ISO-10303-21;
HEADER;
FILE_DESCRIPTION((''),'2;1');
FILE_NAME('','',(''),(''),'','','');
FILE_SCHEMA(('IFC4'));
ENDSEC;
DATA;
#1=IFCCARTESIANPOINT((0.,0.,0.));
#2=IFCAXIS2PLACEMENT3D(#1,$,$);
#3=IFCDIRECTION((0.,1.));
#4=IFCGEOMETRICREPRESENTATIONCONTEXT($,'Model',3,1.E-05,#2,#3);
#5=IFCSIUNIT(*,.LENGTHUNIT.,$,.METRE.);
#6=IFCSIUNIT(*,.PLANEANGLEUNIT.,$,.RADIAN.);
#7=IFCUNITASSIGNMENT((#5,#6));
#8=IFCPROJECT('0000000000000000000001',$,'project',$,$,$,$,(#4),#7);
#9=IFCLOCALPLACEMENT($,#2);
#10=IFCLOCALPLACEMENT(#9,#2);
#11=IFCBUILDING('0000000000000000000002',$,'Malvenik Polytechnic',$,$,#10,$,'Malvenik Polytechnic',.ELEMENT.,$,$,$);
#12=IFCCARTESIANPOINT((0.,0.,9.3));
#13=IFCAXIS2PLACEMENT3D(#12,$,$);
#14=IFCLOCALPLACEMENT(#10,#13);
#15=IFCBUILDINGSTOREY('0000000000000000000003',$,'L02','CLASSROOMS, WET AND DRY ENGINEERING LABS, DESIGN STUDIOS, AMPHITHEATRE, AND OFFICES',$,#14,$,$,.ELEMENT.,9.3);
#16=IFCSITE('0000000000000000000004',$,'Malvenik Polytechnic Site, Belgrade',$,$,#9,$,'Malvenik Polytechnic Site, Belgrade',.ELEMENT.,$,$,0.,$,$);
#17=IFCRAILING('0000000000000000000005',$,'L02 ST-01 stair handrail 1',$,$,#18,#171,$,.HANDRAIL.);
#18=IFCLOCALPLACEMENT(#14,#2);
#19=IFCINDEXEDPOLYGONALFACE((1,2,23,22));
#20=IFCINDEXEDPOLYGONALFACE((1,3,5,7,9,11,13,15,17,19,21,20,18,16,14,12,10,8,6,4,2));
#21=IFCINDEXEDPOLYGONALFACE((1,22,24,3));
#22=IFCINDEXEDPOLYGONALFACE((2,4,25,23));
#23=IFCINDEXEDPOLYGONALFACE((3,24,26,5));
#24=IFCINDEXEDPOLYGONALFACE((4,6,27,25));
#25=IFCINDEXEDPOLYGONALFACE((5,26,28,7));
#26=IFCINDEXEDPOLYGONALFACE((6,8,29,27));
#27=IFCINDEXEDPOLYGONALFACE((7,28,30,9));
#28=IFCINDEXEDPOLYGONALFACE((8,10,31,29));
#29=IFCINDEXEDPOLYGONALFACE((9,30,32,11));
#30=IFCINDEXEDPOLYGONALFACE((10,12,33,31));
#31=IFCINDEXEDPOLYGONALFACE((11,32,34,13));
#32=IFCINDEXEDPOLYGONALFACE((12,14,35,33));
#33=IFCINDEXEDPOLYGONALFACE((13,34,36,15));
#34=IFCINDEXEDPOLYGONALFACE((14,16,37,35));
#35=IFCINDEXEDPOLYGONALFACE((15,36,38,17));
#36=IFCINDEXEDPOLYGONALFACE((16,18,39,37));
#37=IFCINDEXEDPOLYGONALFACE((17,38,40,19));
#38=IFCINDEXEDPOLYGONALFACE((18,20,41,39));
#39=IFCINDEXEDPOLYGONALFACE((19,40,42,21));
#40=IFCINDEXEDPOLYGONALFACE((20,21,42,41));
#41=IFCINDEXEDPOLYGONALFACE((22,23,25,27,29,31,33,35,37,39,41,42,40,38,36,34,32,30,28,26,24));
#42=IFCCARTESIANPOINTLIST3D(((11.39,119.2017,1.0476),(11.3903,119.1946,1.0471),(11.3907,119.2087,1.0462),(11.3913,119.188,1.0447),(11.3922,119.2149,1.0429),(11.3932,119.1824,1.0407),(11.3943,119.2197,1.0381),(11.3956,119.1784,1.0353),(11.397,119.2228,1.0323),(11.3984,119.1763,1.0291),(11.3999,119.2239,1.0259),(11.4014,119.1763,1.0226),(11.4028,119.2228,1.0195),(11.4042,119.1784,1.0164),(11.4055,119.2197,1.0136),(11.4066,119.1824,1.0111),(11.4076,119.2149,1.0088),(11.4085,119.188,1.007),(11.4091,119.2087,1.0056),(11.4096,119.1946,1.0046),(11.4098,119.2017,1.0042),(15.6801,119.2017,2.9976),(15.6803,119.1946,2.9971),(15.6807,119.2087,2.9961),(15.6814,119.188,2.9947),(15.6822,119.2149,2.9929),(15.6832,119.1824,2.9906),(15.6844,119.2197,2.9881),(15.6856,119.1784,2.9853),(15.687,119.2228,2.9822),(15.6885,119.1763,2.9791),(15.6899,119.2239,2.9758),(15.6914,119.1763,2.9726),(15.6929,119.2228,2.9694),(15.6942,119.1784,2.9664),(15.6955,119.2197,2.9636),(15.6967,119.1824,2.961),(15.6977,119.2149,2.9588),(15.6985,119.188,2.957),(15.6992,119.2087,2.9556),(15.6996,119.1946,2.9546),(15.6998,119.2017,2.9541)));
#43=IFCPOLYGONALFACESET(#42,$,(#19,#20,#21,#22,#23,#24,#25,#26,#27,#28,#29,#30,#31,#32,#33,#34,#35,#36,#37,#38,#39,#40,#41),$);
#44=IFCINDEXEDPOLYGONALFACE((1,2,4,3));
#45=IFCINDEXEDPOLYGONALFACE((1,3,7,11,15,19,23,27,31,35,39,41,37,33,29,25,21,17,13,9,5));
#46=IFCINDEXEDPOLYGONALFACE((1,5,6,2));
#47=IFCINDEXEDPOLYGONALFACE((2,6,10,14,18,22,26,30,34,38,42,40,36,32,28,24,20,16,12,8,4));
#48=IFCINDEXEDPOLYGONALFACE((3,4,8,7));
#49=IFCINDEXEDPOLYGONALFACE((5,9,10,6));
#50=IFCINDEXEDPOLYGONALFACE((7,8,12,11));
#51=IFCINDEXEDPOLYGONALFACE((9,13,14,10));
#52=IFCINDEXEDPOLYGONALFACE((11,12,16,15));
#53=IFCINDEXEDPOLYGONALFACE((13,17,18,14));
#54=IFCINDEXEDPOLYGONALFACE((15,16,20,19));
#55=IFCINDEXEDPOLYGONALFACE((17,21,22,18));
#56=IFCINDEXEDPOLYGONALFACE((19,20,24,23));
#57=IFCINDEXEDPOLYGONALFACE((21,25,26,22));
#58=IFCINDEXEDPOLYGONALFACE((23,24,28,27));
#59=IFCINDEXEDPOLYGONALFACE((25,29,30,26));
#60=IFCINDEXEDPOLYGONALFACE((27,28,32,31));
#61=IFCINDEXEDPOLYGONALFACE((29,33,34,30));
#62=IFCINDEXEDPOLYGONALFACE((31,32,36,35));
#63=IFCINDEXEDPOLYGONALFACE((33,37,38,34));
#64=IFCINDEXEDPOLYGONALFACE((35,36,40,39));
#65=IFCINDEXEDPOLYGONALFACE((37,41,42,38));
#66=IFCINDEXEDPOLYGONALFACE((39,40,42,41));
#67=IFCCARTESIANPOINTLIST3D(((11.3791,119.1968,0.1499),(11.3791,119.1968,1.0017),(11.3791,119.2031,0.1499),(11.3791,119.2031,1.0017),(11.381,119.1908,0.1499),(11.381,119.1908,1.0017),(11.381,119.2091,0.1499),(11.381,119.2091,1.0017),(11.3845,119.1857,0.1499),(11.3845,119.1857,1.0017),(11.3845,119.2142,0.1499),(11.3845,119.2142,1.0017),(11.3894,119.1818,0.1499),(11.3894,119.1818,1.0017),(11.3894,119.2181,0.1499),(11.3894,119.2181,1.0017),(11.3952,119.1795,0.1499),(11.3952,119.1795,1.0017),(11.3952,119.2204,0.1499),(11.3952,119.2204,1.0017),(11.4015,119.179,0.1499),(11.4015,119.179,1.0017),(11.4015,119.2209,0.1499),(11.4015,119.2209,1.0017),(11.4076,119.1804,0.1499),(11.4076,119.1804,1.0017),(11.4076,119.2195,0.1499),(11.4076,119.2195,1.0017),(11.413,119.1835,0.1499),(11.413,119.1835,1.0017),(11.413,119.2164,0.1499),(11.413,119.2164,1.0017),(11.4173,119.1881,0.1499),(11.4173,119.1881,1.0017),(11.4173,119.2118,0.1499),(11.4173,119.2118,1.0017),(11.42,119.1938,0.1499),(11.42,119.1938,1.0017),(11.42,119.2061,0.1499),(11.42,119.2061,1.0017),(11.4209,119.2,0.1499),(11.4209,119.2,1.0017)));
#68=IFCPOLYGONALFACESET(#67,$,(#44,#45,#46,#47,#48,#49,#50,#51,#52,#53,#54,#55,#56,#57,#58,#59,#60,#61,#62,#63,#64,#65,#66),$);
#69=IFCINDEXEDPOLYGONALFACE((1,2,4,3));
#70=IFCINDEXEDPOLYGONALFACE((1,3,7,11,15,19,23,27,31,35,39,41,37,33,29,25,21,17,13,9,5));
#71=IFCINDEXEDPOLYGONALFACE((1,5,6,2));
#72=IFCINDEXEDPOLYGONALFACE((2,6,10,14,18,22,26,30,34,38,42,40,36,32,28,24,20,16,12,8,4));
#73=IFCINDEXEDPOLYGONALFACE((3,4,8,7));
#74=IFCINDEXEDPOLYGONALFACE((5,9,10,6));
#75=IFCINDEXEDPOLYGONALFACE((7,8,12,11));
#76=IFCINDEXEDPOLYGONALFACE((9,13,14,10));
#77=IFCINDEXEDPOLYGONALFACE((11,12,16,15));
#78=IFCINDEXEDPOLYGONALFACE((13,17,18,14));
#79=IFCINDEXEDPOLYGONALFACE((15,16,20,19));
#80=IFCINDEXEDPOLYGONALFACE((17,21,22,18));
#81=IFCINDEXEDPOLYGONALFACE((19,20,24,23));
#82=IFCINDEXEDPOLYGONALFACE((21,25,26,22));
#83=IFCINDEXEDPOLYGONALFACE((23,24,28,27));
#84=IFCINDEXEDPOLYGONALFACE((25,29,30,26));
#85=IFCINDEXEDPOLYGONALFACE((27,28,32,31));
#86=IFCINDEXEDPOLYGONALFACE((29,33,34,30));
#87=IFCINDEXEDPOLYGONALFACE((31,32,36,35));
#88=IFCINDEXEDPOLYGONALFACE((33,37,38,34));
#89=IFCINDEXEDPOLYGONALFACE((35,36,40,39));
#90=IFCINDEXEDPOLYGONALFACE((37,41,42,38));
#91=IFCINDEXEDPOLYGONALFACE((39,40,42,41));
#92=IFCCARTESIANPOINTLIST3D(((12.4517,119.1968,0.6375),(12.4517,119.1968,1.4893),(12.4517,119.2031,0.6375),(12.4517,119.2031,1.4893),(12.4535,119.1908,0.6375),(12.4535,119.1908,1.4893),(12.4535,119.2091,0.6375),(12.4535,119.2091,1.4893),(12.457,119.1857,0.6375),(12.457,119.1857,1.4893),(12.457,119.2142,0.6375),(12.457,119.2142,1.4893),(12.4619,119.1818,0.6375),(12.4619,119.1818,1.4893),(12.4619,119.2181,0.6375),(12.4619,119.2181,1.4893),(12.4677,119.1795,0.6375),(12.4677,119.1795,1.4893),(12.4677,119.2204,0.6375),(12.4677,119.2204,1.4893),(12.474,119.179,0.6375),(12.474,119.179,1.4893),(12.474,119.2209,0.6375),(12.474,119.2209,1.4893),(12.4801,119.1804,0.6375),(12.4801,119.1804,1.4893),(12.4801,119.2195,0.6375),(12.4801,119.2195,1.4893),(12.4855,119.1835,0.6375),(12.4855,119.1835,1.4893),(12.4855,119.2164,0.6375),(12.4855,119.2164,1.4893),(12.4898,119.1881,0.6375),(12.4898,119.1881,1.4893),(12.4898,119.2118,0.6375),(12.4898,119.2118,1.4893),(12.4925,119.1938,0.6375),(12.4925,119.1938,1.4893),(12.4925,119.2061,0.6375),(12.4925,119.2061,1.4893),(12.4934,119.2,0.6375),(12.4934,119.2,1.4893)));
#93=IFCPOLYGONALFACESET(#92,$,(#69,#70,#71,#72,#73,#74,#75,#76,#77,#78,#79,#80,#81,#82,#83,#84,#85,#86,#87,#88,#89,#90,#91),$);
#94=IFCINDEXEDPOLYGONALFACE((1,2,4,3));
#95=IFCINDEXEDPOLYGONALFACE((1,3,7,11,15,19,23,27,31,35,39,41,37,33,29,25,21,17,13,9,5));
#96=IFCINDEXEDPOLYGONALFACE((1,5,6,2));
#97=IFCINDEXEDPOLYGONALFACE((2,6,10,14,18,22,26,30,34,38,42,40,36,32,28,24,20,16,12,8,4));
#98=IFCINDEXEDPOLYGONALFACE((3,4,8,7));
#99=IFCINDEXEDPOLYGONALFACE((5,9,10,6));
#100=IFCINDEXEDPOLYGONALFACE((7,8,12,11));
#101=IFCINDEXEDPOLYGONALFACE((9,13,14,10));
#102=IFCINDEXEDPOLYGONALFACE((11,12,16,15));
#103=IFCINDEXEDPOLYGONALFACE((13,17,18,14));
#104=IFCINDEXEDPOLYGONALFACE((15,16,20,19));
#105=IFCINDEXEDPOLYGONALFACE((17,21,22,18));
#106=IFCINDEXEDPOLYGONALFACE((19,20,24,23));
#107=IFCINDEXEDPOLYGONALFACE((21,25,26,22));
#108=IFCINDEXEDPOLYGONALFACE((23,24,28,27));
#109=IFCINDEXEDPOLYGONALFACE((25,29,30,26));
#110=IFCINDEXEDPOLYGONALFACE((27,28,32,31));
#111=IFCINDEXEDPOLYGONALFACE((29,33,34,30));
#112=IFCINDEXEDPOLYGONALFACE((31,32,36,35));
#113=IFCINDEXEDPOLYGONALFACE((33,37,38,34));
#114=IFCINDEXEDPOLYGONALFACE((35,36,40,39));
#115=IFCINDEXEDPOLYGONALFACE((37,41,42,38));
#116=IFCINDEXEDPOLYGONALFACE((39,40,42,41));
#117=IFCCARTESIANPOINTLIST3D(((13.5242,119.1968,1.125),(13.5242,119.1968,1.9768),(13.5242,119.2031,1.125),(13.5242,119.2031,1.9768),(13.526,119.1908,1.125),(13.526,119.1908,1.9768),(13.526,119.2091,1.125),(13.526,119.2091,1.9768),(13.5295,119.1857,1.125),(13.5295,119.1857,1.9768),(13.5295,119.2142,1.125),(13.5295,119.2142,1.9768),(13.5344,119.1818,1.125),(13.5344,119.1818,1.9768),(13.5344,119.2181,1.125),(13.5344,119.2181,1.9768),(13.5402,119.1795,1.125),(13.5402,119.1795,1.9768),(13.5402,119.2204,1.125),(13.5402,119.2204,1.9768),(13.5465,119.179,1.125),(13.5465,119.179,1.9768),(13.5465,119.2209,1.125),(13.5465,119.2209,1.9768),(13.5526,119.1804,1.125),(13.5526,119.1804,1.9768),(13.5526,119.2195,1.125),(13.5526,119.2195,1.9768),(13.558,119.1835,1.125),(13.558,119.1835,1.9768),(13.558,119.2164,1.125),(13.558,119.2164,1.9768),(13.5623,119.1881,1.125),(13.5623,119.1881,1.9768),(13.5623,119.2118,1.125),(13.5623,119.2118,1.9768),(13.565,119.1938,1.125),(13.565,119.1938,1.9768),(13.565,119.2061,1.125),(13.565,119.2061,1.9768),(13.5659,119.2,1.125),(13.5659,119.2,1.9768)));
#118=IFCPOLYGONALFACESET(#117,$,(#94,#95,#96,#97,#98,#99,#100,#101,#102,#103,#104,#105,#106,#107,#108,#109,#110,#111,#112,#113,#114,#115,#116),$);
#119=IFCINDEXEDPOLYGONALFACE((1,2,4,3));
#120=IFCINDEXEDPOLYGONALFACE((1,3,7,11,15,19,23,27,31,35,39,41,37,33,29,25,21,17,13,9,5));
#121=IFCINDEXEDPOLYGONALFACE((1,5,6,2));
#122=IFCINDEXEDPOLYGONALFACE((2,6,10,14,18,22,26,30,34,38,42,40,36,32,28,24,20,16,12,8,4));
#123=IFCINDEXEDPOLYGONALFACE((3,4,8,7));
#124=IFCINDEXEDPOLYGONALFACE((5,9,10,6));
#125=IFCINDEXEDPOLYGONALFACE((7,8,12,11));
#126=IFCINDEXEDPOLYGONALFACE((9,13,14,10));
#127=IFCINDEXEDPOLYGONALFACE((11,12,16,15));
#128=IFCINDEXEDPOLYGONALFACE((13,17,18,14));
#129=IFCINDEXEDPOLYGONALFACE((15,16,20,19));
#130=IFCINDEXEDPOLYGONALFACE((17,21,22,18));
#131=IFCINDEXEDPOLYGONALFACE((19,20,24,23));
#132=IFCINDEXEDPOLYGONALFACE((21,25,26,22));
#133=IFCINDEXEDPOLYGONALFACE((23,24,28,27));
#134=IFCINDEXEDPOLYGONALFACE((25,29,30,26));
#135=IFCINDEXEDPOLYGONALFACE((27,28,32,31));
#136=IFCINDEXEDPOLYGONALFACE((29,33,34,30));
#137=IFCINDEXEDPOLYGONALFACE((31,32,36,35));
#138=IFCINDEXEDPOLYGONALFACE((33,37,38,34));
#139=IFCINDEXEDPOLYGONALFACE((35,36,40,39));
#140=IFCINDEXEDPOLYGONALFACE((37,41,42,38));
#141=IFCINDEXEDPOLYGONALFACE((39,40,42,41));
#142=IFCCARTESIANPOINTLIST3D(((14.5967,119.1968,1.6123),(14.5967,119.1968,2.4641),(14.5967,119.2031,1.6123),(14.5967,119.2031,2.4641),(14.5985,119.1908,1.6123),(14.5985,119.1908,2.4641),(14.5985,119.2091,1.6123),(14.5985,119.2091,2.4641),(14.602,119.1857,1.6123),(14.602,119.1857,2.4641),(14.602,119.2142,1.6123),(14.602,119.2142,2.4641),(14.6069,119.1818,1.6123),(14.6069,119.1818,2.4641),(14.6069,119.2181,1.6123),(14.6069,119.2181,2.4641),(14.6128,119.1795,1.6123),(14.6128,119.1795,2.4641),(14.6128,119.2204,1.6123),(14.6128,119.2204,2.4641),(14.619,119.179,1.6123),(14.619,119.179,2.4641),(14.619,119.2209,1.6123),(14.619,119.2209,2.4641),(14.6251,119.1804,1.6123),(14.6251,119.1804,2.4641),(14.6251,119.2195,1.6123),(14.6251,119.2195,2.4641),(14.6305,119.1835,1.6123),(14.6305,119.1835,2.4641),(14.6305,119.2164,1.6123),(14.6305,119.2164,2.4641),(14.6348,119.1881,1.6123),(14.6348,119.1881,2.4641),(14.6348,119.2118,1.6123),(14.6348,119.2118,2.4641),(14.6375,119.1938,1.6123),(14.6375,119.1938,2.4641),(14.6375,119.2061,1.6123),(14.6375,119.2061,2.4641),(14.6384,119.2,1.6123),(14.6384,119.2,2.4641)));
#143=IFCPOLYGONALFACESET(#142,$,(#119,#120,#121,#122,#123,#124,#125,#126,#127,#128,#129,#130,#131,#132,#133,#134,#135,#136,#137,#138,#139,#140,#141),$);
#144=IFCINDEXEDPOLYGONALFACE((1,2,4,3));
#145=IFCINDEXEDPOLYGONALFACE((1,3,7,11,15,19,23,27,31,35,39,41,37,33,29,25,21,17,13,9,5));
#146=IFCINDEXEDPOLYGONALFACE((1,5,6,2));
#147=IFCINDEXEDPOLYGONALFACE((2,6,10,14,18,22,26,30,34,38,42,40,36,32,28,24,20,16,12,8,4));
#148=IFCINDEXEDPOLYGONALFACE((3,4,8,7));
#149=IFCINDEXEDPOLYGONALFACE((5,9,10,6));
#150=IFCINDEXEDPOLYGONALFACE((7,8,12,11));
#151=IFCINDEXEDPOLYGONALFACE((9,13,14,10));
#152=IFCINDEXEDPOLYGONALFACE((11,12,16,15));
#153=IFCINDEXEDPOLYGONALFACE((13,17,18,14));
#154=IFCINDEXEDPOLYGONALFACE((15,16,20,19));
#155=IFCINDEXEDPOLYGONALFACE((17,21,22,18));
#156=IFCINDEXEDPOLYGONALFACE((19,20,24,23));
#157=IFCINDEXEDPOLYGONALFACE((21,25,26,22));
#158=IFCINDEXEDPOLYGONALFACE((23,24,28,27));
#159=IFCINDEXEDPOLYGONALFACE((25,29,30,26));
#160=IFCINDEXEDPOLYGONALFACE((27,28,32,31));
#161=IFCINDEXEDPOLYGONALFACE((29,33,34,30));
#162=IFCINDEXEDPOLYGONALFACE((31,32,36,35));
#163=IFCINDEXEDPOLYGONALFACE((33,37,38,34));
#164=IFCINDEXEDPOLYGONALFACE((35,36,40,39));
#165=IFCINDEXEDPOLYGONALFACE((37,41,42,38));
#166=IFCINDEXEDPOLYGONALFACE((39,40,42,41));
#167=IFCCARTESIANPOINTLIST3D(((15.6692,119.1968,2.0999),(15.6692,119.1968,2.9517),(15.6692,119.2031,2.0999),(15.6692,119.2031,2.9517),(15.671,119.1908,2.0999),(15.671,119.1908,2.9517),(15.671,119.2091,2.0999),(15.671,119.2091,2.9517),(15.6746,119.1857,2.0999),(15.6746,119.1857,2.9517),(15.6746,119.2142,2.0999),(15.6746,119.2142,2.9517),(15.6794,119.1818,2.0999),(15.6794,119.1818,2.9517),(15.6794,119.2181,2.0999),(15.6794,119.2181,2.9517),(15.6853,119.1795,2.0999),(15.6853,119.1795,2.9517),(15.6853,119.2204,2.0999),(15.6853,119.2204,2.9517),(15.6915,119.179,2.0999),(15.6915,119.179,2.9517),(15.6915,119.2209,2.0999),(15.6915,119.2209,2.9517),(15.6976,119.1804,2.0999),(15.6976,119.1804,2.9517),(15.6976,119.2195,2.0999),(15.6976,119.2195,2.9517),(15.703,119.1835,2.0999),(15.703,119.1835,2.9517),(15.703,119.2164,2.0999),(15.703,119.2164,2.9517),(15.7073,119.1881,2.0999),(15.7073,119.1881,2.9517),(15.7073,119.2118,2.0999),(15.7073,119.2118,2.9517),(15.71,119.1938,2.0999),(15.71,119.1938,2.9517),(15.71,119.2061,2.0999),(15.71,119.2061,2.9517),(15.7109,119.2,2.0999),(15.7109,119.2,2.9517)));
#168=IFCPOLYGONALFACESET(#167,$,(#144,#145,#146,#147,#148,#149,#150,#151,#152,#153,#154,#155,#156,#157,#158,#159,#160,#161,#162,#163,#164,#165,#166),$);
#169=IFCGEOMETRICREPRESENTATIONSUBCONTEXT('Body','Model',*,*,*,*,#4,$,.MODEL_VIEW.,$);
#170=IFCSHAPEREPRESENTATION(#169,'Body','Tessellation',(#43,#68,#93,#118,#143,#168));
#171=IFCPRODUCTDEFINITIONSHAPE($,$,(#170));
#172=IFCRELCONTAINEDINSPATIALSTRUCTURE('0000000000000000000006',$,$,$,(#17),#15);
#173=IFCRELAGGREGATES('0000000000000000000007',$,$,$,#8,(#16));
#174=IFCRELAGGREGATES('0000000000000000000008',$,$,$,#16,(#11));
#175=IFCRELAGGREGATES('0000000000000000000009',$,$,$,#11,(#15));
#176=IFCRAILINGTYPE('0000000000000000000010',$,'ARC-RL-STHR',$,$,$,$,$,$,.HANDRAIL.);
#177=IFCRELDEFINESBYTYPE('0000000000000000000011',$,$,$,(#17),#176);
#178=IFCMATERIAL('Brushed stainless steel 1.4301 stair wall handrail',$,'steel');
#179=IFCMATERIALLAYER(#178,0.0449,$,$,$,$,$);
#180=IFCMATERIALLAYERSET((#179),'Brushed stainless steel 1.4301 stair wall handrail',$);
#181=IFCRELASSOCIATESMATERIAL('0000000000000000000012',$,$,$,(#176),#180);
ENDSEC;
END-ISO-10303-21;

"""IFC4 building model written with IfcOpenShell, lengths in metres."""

from ifc_helpers import new_model, si_unit, direction, frame, origin, origin_2d, place, context, subcontext, project, spatial, circle, extrude, material, layer, layer_set, type_object, element, save


model = new_model("IFC4")

# Units and contexts
model_context = context("Model", 3, precision=1e-05, world=origin(), true_north=direction((0.0, 1.0)))
body_context = subcontext(model_context, "Body", "Model", "MODEL_VIEW")
ifc_project = project(units=[si_unit("LENGTHUNIT", "METRE"), si_unit("PLANEANGLEUNIT", "RADIAN")], contexts=[model_context])

# Site, building, storey
site_placement = place(None, origin())
site = spatial("IfcSite", under=ifc_project, at=site_placement, Name="Malvenik Polytechnic Site, Belgrade", LongName="Malvenik Polytechnic Site, Belgrade", CompositionType="ELEMENT", RefElevation=0.0)
building_placement = place(site_placement, origin())
building = spatial("IfcBuilding", under=site, at=building_placement, Name="Malvenik Polytechnic", LongName="Malvenik Polytechnic", CompositionType="ELEMENT")
storey_placement = place(building_placement, frame((0.0, 0.0, 9.3)))
storey = spatial("IfcBuildingStorey", under=building, at=storey_placement, Name="L02", Description="CLASSROOMS, WET AND DRY ENGINEERING LABS, DESIGN STUDIOS, AMPHITHEATRE, AND OFFICES", CompositionType="ELEMENT", Elevation=9.3)

# Railing
ifc_material_1 = material(Name="Brushed stainless steel 1.4301 stair wall handrail", Category="steel")
ifc_layer_1 = layer(ifc_material_1, 0.0449)
ifc_layer_set_1 = layer_set([ifc_layer_1], Name="Brushed stainless steel 1.4301 stair wall handrail")
railing_type_1 = type_object("IfcRailingType", Name="ARC-RL-STHR", PredefinedType="HANDRAIL", material=ifc_layer_set_1)
railing_1_placement = place(storey_placement, frame((11.3999, 119.2, 0.1499)))
element("IfcRailing", 1, at=railing_1_placement, inside=storey, type_object=railing_type_1, Name="L02 ST-01 stair handrail 1", PredefinedType="HANDRAIL", context=body_context, shape_type="SweptSolid", body=[
    extrude(circle(Radius=0.0239, at=origin_2d()), frame((0.0, 0.0, 0.876), z_axis=(0.910372, 0.0, 0.413791), x_axis=(0.0, 1.0, 0.0)), (0.0, 0.0, 1.0), 4.7124),
    extrude(circle(Radius=0.021, at=origin_2d()), origin(), (0.0, 0.0, 1.0), 0.8518),
    extrude(circle(Radius=0.021, at=origin_2d()), frame((1.0725, 0.0, 0.4875)), (0.0, 0.0, 1.0), 0.8518),
    extrude(circle(Radius=0.021, at=origin_2d()), frame((2.145, 0.0, 0.9751)), (0.0, 0.0, 1.0), 0.8518),
    extrude(circle(Radius=0.021, at=origin_2d()), frame((3.2175, 0.0, 1.4624)), (0.0, 0.0, 1.0), 0.8518),
    extrude(circle(Radius=0.021, at=origin_2d()), frame((4.29, 0.0, 1.95)), (0.0, 0.0, 1.0), 0.8518),
])

save(model, "model.ifc")
